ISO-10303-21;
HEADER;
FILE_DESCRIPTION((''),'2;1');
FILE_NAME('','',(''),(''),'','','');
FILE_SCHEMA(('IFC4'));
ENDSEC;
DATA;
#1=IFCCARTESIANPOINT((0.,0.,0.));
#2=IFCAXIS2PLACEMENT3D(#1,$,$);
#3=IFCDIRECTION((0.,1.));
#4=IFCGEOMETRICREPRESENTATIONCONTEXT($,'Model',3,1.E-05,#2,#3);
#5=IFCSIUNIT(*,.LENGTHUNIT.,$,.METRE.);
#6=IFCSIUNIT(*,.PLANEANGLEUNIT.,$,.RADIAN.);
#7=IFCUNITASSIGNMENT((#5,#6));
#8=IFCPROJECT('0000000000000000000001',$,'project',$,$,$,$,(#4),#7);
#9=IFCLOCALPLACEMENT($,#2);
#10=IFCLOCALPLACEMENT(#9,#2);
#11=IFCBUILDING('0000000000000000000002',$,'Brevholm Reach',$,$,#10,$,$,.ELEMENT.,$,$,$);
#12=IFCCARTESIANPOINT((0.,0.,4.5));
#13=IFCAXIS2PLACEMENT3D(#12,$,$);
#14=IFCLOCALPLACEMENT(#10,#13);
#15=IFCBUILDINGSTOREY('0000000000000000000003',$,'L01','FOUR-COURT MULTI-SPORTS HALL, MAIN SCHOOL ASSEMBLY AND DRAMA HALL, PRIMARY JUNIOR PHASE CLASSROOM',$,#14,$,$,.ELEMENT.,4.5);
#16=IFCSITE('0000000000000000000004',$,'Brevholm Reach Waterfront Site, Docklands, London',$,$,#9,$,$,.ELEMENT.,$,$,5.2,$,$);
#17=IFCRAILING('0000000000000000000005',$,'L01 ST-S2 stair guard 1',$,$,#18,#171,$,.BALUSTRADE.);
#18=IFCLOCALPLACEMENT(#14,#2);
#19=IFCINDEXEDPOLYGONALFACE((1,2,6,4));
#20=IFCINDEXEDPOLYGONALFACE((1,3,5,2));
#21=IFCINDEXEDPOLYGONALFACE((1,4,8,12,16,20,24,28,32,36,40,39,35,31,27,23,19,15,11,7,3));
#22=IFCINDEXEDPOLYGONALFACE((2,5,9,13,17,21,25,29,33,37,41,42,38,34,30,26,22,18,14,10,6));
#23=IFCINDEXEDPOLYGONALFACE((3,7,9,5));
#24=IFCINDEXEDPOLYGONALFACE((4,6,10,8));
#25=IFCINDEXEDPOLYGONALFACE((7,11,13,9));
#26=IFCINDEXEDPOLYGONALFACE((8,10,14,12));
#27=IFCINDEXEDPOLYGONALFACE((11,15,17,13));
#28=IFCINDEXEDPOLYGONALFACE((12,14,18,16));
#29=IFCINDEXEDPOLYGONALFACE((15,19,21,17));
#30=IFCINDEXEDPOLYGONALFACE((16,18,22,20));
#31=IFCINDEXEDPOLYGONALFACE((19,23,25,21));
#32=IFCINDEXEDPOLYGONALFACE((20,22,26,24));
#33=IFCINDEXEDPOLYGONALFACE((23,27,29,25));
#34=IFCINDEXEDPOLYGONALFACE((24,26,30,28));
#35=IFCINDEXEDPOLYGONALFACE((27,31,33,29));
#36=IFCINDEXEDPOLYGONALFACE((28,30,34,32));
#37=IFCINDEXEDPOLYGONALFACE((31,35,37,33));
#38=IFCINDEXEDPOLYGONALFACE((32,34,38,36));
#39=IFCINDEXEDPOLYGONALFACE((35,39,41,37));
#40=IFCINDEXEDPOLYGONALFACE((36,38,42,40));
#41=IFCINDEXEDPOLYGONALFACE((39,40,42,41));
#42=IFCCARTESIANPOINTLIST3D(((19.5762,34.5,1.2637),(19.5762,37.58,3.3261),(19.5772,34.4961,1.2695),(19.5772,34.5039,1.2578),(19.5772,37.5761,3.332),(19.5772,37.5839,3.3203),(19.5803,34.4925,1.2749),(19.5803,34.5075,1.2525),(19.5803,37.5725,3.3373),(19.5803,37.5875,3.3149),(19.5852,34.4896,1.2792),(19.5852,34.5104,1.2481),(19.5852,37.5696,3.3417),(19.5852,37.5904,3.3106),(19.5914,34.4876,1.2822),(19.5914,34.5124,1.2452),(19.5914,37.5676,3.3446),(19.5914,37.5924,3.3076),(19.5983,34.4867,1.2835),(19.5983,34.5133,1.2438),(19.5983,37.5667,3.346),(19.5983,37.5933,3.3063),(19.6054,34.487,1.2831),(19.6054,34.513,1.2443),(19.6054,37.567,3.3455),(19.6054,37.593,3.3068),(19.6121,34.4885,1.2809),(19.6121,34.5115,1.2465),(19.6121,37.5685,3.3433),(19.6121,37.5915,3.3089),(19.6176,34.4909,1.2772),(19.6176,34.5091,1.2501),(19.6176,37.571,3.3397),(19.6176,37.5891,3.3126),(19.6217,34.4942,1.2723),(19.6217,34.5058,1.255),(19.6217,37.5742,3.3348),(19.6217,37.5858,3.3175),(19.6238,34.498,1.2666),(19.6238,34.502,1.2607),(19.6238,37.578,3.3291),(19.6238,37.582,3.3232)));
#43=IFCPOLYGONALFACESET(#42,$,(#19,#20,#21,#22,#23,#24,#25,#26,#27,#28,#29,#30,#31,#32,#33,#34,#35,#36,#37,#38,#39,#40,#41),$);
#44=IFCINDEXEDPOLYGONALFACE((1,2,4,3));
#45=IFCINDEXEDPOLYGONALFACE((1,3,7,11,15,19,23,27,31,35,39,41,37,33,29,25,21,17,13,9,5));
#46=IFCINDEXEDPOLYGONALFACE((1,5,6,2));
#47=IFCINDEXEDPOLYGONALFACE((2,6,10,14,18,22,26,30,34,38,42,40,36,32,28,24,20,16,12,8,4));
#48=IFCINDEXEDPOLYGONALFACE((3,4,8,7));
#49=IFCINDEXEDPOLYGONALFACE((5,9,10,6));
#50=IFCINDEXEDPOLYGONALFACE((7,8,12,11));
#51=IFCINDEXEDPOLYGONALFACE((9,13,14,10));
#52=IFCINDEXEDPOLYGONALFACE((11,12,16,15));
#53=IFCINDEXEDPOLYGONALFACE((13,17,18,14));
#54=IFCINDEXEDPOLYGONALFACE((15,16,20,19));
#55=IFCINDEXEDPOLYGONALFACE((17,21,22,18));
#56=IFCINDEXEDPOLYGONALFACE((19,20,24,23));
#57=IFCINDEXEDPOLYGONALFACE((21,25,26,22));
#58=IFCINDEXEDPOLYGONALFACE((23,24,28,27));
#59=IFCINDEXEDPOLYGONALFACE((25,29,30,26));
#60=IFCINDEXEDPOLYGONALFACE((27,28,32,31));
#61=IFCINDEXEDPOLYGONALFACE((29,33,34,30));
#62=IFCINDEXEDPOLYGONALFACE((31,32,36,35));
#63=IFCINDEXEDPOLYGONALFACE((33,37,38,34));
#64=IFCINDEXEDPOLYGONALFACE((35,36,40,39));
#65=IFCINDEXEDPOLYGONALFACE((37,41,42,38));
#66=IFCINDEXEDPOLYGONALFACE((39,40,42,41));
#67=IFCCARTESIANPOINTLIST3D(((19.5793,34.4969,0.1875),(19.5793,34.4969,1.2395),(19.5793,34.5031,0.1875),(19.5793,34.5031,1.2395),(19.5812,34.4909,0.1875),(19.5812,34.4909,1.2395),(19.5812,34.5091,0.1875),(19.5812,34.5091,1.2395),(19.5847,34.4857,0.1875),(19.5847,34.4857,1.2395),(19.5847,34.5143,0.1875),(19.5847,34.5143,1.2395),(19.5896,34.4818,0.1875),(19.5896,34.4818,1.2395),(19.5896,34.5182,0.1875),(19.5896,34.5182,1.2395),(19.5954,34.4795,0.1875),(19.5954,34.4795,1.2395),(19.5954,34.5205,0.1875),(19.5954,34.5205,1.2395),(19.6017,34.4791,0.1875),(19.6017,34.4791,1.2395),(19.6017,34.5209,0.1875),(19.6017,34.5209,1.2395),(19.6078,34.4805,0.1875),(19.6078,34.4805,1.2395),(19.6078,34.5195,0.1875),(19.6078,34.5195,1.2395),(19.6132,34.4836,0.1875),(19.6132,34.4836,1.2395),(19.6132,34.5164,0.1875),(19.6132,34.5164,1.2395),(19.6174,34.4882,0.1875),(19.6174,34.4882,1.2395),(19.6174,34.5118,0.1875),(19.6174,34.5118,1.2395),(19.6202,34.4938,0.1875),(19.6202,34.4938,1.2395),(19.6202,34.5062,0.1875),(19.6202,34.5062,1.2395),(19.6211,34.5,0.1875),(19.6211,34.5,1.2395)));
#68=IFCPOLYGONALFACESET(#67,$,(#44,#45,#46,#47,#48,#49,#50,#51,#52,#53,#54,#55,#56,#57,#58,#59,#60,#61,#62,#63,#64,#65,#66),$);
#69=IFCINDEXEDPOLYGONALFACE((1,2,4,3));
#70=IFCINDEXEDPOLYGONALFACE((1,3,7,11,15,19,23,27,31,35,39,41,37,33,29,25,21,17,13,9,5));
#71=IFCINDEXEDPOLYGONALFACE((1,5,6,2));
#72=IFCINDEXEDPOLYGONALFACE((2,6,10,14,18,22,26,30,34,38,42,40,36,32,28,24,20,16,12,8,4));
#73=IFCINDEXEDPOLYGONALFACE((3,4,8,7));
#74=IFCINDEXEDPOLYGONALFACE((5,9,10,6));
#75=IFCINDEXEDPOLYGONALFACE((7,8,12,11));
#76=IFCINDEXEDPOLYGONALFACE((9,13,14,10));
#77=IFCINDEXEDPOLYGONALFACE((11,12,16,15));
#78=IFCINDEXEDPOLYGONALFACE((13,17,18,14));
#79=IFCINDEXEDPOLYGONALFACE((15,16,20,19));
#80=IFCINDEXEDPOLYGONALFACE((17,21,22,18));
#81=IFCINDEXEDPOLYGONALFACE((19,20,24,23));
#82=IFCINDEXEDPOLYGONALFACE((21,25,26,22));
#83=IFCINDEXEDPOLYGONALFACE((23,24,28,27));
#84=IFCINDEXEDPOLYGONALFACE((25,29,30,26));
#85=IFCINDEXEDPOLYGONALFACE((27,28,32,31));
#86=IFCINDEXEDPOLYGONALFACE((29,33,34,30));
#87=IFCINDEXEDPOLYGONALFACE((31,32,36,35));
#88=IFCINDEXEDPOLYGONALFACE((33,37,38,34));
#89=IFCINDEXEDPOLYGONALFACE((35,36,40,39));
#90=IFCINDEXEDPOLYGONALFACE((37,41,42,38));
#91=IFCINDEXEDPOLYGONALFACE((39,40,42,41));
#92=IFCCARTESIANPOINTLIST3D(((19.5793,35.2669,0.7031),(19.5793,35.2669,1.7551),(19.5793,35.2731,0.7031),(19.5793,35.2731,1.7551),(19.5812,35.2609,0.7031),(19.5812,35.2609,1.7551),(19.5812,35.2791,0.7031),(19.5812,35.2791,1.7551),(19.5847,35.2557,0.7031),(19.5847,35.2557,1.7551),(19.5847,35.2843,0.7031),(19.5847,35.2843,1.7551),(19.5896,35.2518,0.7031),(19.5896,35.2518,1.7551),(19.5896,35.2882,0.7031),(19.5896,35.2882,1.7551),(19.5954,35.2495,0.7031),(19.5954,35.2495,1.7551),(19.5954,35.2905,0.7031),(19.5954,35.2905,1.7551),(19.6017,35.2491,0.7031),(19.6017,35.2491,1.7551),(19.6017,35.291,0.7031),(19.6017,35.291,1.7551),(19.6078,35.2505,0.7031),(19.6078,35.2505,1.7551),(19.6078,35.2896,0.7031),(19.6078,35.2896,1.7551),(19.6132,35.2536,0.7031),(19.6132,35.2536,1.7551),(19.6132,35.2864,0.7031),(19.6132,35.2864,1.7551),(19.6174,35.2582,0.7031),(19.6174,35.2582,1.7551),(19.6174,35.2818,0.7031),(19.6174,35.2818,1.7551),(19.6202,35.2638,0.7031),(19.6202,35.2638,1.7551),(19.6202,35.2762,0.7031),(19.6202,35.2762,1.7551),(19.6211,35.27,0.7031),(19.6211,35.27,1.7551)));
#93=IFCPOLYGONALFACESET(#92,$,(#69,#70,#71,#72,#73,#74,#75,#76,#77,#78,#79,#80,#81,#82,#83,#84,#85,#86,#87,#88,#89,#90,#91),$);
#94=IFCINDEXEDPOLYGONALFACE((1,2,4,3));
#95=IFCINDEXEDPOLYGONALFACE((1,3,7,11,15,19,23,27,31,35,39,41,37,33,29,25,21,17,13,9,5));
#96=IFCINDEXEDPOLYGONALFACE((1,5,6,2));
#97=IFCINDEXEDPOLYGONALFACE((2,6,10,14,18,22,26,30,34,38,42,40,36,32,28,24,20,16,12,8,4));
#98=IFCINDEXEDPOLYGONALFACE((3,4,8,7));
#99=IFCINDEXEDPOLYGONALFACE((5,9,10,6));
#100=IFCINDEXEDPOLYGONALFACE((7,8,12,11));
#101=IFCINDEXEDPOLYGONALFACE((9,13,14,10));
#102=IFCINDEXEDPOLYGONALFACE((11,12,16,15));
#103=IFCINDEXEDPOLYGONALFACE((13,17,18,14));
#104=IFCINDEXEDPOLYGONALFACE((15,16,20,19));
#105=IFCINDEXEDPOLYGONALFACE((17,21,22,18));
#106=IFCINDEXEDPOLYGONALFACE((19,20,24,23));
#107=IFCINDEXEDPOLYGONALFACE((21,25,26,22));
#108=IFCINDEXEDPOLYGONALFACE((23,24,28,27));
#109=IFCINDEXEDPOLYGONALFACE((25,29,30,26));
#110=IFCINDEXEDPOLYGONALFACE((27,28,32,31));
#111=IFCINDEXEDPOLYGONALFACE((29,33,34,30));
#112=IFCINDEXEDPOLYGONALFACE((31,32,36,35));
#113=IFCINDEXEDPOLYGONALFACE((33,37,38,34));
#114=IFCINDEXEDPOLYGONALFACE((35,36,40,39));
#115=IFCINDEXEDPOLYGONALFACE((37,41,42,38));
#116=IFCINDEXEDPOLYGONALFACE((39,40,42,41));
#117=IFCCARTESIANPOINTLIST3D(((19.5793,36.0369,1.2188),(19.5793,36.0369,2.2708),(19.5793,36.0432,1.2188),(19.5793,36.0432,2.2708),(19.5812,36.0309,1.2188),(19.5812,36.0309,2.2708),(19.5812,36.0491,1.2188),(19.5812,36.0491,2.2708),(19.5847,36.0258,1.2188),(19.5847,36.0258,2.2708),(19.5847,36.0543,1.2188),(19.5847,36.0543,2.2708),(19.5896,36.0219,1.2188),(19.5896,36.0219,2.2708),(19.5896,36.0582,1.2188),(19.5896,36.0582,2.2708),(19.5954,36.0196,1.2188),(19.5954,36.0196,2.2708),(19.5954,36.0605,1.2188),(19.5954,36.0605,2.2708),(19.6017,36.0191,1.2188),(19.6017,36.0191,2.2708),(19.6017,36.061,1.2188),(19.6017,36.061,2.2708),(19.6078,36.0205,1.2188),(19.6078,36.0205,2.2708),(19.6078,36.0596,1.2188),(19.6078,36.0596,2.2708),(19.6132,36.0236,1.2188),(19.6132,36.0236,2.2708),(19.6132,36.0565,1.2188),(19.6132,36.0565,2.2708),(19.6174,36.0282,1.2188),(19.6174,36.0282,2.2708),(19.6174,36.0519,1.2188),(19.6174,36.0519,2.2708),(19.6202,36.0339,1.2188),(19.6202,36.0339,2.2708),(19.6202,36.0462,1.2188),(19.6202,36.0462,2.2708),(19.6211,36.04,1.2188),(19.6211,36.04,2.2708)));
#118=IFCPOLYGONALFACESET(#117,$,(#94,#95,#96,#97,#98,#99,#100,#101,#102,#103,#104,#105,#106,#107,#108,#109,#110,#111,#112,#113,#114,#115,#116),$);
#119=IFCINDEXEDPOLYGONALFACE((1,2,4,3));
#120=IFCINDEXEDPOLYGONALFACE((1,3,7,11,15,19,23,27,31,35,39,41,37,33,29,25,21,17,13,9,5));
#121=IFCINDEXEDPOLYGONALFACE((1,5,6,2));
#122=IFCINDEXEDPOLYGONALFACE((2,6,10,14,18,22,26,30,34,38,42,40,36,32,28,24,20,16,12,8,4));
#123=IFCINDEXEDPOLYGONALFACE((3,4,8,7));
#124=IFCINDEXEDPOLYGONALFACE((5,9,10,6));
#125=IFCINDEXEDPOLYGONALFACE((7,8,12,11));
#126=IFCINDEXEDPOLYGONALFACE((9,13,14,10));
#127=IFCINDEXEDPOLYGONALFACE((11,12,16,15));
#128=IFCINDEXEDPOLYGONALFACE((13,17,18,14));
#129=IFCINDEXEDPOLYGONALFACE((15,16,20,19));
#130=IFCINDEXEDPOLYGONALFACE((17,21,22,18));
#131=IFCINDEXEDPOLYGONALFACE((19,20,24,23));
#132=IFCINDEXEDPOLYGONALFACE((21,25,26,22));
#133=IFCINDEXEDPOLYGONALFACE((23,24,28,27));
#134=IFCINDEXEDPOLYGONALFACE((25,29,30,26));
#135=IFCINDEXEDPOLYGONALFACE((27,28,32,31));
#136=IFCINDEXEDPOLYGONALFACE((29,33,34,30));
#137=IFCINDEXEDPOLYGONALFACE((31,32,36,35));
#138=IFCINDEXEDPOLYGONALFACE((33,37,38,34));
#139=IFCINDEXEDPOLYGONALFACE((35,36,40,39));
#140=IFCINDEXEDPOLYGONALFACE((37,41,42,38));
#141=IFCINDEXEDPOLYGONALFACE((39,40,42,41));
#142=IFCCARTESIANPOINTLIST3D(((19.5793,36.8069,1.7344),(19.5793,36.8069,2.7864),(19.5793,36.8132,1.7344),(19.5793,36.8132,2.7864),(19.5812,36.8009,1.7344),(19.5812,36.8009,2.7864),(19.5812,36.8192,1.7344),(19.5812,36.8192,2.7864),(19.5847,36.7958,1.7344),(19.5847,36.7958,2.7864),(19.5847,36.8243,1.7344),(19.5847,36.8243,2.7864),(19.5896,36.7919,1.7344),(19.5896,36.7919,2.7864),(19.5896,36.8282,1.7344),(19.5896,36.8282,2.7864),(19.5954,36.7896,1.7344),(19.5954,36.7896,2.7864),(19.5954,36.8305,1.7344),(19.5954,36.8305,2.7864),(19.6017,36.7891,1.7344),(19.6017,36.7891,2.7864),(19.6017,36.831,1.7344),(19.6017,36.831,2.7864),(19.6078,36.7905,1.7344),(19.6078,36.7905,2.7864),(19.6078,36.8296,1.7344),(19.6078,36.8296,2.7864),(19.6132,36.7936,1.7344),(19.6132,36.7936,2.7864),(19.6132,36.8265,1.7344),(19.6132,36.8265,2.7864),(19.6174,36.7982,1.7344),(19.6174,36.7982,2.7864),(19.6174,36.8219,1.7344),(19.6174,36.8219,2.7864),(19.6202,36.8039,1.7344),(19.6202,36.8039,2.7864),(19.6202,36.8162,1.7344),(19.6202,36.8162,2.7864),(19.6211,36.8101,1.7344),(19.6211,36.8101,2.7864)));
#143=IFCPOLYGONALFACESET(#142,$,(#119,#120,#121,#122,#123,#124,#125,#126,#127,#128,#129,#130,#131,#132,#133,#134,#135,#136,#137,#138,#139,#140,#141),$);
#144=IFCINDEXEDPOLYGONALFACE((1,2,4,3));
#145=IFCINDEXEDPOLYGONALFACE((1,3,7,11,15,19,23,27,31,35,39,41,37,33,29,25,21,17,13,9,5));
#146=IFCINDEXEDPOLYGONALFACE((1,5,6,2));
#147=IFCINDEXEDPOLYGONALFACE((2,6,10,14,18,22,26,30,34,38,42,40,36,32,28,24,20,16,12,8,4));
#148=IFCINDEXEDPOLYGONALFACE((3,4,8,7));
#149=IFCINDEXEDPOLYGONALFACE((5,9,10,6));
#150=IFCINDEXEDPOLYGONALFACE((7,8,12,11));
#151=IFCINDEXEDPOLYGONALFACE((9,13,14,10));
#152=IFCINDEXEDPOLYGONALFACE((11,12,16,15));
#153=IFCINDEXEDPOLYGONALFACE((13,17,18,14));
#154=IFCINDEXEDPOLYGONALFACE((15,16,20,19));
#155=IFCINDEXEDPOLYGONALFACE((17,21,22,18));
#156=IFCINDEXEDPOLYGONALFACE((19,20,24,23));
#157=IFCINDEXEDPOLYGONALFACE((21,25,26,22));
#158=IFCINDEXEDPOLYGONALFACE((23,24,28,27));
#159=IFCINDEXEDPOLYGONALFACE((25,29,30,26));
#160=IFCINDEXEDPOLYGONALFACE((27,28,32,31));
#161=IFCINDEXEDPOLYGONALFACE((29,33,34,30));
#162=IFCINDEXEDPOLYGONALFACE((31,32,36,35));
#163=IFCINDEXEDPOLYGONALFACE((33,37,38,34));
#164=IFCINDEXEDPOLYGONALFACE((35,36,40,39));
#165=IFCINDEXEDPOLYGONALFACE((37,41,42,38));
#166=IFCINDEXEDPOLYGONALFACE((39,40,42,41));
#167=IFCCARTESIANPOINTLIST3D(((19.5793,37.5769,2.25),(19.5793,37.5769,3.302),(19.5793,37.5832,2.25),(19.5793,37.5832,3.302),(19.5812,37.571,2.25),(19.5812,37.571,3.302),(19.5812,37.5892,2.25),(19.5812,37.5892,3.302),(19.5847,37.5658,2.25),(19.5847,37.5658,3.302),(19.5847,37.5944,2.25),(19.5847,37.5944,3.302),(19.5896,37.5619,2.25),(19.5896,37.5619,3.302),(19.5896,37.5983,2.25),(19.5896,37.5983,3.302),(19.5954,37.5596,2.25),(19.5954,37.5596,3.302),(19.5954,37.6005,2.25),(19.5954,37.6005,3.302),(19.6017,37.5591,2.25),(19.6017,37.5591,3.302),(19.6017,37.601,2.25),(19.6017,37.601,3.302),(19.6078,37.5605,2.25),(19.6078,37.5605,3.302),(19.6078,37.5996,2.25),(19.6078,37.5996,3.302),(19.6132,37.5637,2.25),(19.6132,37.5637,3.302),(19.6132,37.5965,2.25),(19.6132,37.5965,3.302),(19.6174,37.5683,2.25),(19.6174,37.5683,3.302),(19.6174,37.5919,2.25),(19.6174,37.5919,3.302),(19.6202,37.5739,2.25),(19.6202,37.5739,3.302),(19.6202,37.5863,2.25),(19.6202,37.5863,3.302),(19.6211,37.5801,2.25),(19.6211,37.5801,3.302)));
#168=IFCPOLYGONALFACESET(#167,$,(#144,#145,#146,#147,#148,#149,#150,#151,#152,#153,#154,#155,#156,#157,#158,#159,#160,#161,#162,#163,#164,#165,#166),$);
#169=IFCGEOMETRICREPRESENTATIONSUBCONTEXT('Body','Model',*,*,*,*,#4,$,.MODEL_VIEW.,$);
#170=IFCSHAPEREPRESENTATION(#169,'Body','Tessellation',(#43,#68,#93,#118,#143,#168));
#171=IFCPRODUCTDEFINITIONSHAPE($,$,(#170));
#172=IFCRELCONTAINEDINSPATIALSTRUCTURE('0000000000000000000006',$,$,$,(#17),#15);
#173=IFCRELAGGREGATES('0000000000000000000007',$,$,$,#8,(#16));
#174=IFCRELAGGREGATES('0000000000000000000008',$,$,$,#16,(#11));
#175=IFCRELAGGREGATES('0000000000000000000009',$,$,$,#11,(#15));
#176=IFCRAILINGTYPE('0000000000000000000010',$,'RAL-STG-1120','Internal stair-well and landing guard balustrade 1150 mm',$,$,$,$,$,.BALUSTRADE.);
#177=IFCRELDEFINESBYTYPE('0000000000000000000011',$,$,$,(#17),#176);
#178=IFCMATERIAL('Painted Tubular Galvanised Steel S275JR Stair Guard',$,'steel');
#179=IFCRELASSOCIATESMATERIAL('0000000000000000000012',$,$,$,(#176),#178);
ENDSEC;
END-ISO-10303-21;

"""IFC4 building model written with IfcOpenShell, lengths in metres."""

from ifc_helpers import new_model, si_unit, direction, frame, origin, origin_2d, place, context, subcontext, project, spatial, circle, extrude, material, type_object, element, save


model = new_model("IFC4")

# Units and contexts
model_context = context("Model", 3, precision=1e-05, world=origin(), true_north=direction((0.0, 1.0)))
body_context = subcontext(model_context, "Body", "Model", "MODEL_VIEW")
ifc_project = project(units=[si_unit("LENGTHUNIT", "METRE"), si_unit("PLANEANGLEUNIT", "RADIAN")], contexts=[model_context])

# Site, building, storey
site_placement = place(None, origin())
site = spatial("IfcSite", under=ifc_project, at=site_placement, Name="Brevholm Reach Waterfront Site, Docklands, London", CompositionType="ELEMENT", RefElevation=5.2)
building_placement = place(site_placement, origin())
building = spatial("IfcBuilding", under=site, at=building_placement, Name="Brevholm Reach", CompositionType="ELEMENT")
storey_placement = place(building_placement, frame((0.0, 0.0, 4.5)))
storey = spatial("IfcBuildingStorey", under=building, at=storey_placement, Name="L01", Description="FOUR-COURT MULTI-SPORTS HALL, MAIN SCHOOL ASSEMBLY AND DRAMA HALL, PRIMARY JUNIOR PHASE CLASSROOM", CompositionType="ELEMENT", Elevation=4.5)

# Railing
ifc_material_1 = material(Name="Painted Tubular Galvanised Steel S275JR Stair Guard", Category="steel")
railing_type_1 = type_object("IfcRailingType", Name="RAL-STG-1120", Description="Internal stair-well and landing guard balustrade 1150 mm", PredefinedType="BALUSTRADE", material=ifc_material_1)
railing_1_placement = place(storey_placement, frame((19.6001, 34.5, 0.1875)))
element("IfcRailing", 1, at=railing_1_placement, inside=storey, type_object=railing_type_1, Name="L01 ST-S2 stair guard 1", PredefinedType="BALUSTRADE", context=body_context, shape_type="SweptSolid", body=[
    extrude(circle(Radius=0.0239, at=origin_2d()), frame((0.0, 0.0, 1.0762), z_axis=(0.0, 0.830914, 0.556401), x_axis=(-1.0, 0.0, 0.0)), (0.0, 0.0, 1.0), 3.7068),
    extrude(circle(Radius=0.021, at=origin_2d()), origin(), (0.0, 0.0, 1.0), 1.052),
    extrude(circle(Radius=0.021, at=origin_2d()), frame((0.0, 0.77, 0.5156)), (0.0, 0.0, 1.0), 1.052),
    extrude(circle(Radius=0.021, at=origin_2d()), frame((0.0, 1.54, 1.0312)), (0.0, 0.0, 1.0), 1.052),
    extrude(circle(Radius=0.021, at=origin_2d()), frame((0.0, 2.3101, 1.5469)), (0.0, 0.0, 1.0), 1.052),
    extrude(circle(Radius=0.021, at=origin_2d()), frame((0.0, 3.0801, 2.0625)), (0.0, 0.0, 1.0), 1.052),
])

save(model, "model.ifc")
